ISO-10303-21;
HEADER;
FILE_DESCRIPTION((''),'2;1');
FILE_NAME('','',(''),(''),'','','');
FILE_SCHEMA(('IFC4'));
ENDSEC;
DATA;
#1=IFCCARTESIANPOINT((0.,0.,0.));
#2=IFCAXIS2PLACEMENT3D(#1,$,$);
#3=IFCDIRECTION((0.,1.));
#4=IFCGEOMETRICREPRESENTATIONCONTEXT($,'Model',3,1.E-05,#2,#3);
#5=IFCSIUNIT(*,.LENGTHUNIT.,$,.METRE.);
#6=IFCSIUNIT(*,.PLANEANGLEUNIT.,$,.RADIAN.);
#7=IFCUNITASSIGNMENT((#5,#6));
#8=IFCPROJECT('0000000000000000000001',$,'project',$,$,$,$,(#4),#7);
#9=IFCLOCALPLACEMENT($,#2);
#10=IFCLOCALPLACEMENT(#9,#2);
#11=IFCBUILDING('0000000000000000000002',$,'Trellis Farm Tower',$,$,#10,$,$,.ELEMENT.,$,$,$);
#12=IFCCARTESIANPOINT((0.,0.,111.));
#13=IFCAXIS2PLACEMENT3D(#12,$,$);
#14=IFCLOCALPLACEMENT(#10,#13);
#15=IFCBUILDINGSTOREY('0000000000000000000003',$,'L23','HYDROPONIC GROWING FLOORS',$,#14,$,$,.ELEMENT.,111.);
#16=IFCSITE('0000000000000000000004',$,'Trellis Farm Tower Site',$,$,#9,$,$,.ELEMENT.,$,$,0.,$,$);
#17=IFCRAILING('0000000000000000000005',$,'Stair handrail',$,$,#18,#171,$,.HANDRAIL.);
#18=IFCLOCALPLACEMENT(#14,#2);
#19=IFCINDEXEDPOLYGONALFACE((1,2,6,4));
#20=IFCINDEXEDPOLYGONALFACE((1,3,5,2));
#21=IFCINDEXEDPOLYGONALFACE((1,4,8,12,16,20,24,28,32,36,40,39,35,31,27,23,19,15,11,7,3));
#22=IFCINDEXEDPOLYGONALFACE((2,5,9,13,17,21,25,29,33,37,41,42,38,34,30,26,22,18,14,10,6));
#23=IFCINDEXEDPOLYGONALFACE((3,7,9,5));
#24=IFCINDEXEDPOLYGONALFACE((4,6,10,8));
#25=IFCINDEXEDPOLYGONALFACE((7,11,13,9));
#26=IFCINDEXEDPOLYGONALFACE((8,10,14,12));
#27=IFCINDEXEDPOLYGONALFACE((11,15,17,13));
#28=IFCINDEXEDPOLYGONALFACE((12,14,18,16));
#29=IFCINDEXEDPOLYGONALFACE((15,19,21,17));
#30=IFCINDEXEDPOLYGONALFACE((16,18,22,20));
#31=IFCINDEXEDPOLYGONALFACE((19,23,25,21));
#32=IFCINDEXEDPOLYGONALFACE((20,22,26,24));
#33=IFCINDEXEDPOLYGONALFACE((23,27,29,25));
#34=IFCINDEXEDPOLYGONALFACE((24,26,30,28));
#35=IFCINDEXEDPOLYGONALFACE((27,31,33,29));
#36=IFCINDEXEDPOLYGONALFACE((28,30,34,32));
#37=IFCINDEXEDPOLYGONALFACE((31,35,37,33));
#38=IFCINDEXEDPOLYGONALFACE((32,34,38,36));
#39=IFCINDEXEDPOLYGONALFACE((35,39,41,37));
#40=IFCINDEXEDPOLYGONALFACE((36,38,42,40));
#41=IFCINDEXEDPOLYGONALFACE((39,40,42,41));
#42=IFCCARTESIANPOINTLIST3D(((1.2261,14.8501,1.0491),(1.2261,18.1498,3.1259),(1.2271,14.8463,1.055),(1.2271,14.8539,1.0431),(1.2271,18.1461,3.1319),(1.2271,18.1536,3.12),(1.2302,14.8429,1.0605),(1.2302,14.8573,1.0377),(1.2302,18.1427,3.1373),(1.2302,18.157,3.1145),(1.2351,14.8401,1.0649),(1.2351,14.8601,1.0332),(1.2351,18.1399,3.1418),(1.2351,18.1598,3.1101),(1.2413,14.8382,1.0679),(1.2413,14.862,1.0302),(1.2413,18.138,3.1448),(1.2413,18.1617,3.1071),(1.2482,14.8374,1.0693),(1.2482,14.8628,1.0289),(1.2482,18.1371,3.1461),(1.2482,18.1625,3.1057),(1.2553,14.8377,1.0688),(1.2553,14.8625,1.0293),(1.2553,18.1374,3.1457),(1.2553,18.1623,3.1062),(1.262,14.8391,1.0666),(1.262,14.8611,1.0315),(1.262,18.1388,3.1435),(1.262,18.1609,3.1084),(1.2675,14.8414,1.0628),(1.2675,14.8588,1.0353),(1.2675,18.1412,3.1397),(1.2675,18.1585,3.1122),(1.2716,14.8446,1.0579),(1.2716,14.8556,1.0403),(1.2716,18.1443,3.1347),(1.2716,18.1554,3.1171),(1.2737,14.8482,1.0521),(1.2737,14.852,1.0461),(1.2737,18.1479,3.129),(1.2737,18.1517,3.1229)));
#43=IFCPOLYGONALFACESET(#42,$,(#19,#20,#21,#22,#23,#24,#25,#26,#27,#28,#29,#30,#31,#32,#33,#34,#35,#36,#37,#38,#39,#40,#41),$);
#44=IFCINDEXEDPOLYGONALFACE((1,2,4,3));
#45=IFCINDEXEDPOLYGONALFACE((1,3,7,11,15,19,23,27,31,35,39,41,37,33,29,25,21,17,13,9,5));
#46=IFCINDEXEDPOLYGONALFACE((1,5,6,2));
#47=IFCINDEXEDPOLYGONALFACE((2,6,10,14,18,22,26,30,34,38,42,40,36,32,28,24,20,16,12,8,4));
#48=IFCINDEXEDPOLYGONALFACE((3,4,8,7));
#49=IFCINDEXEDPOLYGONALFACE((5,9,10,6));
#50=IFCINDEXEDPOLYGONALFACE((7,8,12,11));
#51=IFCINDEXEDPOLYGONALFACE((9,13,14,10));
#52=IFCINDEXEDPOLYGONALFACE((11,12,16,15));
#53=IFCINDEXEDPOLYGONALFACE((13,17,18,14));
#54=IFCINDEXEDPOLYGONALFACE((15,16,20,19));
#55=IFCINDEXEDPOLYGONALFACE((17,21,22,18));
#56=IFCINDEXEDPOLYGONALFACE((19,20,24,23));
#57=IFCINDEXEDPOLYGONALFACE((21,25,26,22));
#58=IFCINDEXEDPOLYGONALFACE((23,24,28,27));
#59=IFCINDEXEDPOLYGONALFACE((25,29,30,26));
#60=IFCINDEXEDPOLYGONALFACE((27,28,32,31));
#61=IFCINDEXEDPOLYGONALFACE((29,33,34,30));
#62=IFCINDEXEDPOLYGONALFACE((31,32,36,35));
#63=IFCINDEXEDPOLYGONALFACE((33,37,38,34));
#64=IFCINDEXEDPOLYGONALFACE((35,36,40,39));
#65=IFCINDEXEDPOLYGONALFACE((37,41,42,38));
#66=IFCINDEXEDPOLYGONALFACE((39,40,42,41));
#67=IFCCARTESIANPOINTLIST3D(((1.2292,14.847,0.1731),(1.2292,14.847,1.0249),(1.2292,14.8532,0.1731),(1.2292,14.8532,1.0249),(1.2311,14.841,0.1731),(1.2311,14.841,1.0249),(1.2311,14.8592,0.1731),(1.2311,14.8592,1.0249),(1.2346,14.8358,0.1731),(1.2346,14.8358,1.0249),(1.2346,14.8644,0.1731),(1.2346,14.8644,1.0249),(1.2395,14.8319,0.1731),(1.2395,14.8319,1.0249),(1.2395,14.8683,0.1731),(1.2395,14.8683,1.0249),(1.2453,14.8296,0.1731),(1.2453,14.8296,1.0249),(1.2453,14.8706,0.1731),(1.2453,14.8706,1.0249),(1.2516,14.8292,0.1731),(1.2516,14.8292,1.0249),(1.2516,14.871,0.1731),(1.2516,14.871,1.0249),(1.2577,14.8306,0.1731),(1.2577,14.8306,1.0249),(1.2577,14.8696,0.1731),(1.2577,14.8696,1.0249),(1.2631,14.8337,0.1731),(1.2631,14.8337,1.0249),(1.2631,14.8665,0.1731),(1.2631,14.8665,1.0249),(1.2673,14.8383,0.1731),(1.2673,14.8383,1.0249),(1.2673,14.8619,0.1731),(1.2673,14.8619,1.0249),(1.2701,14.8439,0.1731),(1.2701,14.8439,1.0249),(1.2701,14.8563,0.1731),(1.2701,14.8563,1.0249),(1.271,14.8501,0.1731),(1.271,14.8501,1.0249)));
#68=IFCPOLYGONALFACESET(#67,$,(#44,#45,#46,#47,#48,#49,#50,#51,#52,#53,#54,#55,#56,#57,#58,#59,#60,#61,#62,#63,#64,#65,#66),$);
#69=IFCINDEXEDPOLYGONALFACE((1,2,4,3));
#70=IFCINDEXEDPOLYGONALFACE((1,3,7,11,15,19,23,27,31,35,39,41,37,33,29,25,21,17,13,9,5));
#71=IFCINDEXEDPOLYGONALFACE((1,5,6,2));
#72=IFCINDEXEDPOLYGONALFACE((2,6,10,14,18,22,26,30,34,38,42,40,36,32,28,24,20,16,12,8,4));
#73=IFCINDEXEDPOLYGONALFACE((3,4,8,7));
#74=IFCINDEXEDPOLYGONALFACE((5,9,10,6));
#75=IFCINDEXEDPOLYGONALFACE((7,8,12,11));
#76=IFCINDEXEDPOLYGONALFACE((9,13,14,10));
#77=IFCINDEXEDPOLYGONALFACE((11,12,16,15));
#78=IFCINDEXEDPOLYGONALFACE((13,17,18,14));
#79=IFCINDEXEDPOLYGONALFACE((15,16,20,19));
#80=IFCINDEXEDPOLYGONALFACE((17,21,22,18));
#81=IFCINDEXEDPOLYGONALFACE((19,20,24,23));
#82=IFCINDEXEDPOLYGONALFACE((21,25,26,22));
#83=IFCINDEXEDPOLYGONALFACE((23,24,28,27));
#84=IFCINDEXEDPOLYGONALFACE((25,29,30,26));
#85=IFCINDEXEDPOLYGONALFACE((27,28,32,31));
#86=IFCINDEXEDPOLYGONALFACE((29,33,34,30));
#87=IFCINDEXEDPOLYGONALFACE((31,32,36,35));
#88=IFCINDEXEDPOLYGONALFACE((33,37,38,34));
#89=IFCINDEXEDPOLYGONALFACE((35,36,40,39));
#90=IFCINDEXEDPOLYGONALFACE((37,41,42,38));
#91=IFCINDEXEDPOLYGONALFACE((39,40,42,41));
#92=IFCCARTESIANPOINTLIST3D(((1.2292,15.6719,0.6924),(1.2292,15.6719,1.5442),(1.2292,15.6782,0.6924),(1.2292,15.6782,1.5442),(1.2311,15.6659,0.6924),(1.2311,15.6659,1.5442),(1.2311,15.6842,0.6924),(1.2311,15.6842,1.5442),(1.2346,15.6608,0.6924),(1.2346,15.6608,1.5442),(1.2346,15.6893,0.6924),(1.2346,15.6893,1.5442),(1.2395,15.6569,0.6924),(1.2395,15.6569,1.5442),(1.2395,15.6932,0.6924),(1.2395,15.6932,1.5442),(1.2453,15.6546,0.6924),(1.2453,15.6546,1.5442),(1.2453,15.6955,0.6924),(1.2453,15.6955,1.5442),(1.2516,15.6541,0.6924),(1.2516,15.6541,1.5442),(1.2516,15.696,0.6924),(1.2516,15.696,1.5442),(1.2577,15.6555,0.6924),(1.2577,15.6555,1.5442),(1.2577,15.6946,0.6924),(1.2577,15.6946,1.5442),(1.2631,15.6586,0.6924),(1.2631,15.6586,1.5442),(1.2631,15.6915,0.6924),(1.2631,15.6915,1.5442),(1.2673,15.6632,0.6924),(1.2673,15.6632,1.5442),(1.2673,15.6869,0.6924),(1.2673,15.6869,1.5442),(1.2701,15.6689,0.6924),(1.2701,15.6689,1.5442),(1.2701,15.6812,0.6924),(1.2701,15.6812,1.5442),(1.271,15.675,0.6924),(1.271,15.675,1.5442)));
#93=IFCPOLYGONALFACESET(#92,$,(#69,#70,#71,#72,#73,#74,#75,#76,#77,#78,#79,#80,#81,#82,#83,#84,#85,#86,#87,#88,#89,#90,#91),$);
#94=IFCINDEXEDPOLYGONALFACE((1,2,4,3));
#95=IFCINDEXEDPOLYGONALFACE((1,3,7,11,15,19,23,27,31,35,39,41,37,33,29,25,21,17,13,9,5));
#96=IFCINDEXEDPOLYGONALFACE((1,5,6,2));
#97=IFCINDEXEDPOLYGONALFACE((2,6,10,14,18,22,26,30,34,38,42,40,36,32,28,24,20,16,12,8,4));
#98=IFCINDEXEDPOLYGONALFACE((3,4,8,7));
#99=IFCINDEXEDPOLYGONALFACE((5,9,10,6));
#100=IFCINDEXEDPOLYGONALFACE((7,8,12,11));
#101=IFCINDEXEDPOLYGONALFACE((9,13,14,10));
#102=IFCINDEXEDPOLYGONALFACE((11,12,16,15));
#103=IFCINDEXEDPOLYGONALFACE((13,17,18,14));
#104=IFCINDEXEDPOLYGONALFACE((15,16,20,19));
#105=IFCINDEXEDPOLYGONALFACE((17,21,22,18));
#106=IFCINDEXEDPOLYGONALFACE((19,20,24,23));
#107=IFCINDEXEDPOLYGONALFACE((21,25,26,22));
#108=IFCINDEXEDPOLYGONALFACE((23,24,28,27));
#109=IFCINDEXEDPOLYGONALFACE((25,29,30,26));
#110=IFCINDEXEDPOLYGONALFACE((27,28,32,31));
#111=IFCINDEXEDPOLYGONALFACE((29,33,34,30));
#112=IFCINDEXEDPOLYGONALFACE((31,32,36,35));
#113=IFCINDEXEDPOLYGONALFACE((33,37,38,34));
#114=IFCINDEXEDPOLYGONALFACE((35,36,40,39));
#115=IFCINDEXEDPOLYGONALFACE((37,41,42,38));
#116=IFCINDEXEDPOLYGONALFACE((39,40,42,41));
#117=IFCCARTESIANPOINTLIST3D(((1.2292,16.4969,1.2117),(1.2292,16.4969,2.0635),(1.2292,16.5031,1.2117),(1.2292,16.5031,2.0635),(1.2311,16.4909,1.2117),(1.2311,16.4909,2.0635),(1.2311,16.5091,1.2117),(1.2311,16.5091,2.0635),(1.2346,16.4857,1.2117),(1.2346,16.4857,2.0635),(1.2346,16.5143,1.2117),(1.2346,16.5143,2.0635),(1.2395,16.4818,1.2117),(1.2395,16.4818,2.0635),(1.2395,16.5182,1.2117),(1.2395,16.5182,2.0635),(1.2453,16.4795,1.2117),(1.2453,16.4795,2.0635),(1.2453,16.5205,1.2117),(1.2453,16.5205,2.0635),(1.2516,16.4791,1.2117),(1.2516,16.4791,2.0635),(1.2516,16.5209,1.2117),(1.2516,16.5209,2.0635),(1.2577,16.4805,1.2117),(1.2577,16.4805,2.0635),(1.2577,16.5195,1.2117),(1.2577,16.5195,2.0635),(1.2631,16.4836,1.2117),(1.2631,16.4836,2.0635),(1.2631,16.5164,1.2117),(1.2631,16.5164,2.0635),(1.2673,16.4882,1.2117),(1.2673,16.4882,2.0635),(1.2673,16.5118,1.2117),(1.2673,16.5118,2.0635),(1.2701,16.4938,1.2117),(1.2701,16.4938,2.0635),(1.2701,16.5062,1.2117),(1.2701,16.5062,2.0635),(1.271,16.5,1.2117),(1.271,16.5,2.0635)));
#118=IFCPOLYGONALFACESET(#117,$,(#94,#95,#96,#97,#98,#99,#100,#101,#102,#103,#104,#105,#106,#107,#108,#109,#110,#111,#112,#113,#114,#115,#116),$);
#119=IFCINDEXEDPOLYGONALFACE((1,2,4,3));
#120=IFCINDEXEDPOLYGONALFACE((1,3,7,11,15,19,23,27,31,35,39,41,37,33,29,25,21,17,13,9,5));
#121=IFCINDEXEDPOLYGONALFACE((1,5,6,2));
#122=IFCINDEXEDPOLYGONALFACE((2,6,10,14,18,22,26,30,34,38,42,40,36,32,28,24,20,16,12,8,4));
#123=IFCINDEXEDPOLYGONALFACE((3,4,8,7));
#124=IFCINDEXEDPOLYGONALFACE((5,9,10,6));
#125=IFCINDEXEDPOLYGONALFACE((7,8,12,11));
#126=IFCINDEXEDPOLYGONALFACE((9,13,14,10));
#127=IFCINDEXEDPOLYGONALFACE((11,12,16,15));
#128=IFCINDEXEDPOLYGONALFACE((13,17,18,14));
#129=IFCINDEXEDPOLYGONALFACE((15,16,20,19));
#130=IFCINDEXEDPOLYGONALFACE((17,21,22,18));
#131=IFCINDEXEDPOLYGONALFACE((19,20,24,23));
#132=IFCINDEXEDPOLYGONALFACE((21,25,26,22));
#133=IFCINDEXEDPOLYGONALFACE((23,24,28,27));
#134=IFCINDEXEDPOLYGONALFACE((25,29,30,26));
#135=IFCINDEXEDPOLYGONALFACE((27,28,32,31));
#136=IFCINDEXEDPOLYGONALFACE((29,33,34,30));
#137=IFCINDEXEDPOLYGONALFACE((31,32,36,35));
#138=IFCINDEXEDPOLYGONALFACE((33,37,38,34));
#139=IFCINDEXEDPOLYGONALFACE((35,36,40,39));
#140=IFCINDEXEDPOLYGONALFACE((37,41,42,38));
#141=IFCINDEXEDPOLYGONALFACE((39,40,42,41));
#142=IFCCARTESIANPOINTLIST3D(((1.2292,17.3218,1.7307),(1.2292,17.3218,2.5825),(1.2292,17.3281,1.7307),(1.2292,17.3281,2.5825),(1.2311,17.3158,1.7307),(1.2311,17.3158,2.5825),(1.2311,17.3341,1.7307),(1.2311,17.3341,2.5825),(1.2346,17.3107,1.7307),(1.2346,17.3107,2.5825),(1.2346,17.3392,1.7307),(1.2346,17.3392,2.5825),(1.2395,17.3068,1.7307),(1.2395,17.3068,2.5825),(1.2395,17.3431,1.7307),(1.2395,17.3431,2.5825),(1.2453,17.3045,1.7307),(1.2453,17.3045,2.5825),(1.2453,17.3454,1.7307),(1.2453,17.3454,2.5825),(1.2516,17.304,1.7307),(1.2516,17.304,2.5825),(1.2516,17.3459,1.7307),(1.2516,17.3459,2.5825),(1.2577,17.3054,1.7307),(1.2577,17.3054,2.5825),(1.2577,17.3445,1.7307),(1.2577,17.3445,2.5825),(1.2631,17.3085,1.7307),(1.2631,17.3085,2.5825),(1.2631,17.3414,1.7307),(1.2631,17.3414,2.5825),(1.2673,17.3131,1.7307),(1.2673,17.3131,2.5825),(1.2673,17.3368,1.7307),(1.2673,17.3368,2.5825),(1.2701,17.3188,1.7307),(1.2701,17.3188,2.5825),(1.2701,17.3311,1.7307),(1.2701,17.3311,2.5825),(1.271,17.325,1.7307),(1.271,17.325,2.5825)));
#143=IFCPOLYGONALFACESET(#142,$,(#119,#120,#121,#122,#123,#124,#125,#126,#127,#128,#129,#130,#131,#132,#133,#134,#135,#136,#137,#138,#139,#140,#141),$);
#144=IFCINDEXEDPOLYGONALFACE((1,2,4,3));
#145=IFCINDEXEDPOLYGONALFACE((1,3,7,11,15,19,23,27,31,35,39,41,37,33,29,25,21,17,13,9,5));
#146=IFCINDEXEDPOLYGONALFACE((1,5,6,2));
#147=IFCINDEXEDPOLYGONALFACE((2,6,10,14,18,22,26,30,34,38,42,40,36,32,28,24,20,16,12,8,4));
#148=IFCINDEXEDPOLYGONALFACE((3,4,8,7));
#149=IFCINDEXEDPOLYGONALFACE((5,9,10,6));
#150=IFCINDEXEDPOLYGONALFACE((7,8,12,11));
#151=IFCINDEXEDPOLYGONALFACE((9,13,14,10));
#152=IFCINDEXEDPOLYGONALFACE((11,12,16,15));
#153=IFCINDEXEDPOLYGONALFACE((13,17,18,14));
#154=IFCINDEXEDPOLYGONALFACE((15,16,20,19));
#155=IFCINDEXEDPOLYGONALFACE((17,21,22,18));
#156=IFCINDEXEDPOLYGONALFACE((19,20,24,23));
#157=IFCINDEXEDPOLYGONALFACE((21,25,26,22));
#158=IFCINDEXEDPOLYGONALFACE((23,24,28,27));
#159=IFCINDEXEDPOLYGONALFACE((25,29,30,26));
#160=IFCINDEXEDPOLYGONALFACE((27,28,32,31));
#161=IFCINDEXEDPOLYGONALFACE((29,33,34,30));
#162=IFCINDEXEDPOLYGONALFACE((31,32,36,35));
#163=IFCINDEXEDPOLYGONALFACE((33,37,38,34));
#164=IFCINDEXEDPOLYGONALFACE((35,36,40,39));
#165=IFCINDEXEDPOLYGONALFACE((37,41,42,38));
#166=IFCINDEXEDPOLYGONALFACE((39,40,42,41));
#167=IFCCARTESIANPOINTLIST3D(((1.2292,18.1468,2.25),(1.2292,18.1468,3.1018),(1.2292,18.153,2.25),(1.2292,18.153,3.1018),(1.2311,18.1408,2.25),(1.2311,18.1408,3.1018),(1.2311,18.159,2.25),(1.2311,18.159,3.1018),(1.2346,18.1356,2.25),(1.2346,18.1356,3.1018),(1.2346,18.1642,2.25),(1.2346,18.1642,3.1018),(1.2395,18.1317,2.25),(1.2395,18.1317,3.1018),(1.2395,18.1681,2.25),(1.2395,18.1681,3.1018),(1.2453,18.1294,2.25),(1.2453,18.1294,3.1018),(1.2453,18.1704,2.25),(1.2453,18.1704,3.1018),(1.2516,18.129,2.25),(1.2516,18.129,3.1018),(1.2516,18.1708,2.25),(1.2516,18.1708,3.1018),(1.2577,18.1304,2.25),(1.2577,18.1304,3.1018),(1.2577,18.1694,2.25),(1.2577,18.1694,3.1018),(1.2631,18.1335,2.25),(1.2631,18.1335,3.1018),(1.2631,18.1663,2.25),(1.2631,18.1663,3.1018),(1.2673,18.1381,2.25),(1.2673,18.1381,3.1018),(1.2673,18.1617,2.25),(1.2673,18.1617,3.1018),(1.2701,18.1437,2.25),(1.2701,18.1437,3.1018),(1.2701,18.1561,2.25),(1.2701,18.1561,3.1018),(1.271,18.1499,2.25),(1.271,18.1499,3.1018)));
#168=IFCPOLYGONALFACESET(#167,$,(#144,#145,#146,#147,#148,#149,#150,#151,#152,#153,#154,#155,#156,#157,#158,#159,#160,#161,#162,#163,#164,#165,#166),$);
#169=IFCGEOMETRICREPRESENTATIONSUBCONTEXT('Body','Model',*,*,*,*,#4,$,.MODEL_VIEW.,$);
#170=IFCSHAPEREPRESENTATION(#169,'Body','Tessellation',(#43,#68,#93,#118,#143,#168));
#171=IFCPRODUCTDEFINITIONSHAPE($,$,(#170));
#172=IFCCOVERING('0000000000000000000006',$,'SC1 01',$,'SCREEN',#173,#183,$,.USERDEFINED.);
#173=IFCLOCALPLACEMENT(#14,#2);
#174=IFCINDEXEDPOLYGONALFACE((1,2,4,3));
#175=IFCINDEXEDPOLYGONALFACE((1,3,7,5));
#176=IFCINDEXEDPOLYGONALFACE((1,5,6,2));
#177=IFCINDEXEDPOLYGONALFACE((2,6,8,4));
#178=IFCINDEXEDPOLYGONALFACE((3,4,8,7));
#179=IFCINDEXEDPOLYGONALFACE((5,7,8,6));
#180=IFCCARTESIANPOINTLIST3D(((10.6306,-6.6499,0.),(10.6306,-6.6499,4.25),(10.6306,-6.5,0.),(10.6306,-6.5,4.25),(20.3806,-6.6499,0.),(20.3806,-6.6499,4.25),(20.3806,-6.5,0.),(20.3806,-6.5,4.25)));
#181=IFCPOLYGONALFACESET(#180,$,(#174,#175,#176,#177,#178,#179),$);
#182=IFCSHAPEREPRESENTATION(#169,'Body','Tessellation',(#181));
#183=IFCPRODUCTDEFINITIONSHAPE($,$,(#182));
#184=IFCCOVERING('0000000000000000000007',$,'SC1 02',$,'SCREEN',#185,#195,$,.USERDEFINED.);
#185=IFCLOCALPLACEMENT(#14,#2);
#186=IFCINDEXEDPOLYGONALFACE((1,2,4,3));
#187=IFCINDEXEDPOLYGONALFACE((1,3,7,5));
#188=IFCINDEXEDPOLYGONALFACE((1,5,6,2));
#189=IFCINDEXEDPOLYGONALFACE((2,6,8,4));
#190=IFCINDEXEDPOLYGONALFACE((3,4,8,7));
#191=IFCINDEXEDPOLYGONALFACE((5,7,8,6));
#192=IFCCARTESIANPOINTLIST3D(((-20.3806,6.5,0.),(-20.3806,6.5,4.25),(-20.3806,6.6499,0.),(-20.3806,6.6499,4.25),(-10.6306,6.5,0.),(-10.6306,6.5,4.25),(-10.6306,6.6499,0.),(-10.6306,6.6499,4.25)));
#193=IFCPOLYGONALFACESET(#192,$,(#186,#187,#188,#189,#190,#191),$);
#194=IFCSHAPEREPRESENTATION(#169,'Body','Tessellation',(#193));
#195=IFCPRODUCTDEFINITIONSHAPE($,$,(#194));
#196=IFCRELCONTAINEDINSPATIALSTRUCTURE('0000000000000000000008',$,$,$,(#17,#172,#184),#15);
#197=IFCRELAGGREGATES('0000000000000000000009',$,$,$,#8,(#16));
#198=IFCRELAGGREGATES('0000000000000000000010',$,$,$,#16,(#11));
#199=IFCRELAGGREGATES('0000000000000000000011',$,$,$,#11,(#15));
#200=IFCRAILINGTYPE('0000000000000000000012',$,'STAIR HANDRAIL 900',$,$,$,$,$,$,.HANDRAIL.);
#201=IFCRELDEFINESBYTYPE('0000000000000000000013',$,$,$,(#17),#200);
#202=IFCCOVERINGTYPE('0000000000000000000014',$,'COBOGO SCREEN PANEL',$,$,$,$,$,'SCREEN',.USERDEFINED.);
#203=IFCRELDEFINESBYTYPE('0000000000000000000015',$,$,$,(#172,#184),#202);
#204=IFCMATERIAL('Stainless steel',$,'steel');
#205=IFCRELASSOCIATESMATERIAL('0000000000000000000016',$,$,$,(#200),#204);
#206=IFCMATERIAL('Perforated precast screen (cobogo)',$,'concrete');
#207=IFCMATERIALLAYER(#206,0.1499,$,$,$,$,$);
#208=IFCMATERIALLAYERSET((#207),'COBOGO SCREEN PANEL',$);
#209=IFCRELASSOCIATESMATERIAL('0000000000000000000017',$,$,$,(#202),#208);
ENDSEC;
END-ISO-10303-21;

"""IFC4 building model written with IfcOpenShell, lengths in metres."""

from ifc_helpers import new_model, si_unit, direction, frame, origin, origin_2d, place, context, subcontext, project, spatial, polyline, circle, outline, extrude, source, transform, mapped, material, layer, layer_set, type_object, element, save


model = new_model("IFC4")

# Units and contexts
model_context = context("Model", 3, precision=1e-05, world=origin(), true_north=direction((0.0, 1.0)))
body_context = subcontext(model_context, "Body", "Model", "MODEL_VIEW")
ifc_project = project(units=[si_unit("LENGTHUNIT", "METRE"), si_unit("PLANEANGLEUNIT", "RADIAN")], contexts=[model_context])

# Site, building, storey
site_placement = place(None, origin())
site = spatial("IfcSite", under=ifc_project, at=site_placement, Name="Trellis Farm Tower Site", CompositionType="ELEMENT", RefElevation=0.0)
building_placement = place(site_placement, origin())
building = spatial("IfcBuilding", under=site, at=building_placement, Name="Trellis Farm Tower", CompositionType="ELEMENT")
storey_placement = place(building_placement, frame((0.0, 0.0, 111.0)))
storey = spatial("IfcBuildingStorey", under=building, at=storey_placement, Name="L23", Description="HYDROPONIC GROWING FLOORS", CompositionType="ELEMENT", Elevation=111.0)

# Shared definitions
placement = place(storey_placement, origin())

# Railing
ifc_material_1 = material(Name="Stainless steel", Category="steel")
railing_type = type_object("IfcRailingType", Name="STAIR HANDRAIL 900", PredefinedType="HANDRAIL", material=ifc_material_1)
shared_shape_1 = source(origin(), body_context, "Body", "SweptSolid", [
    extrude(circle(Radius=0.0239, at=origin_2d()), frame((0.0, 0.0, 0.876), z_axis=(0.0, 0.84632, 0.532675), x_axis=(-1.0, 0.0, 0.0)), (0.0, 0.0, 1.0), 3.8989),
    extrude(circle(Radius=0.021, at=origin_2d()), origin(), (0.0, 0.0, 1.0), 0.8518),
    extrude(circle(Radius=0.021, at=origin_2d()), frame((0.0, 0.825, 0.5193)), (0.0, 0.0, 1.0), 0.8518),
    extrude(circle(Radius=0.021, at=origin_2d()), frame((0.0, 1.6499, 1.0386)), (0.0, 0.0, 1.0), 0.8518),
    extrude(circle(Radius=0.021, at=origin_2d()), frame((0.0, 2.4749, 1.5576)), (0.0, 0.0, 1.0), 0.8518),
    extrude(circle(Radius=0.021, at=origin_2d()), frame((0.0, 3.2998, 2.0769)), (0.0, 0.0, 1.0), 0.8518),
])
railing_placement = place(storey_placement, frame((1.25, 14.8501, 0.1731)))
element("IfcRailing", 1, at=railing_placement, inside=storey, type_object=railing_type, Name="Stair handrail", PredefinedType="HANDRAIL", context=body_context, shape_type="MappedRepresentation", body=[
    mapped(shared_shape_1, transform((0.0, 0.0, 0.0))),
])

# Coverings
ifc_material_2 = material(Name="Perforated precast screen (cobogo)", Category="concrete")
ifc_layer_1 = layer(ifc_material_2, 0.1499)
ifc_layer_set_1 = layer_set([ifc_layer_1], Name="COBOGO SCREEN PANEL")
covering_type = type_object("IfcCoveringType", Name="COBOGO SCREEN PANEL", ElementType="SCREEN", PredefinedType="USERDEFINED", material=ifc_layer_set_1)
shared_shape_2 = source(origin(), body_context, "Body", "SweptSolid", [
    extrude(outline(polyline([(10.6306, -6.6499), (20.3806, -6.6499), (20.3806, -6.5), (10.6306, -6.5), (10.6306, -6.6499)])), origin(), (0.0, 0.0, 1.0), 4.25),
])
element("IfcCovering", 2, at=placement, inside=storey, type_object=covering_type, Name="SC1 01", ObjectType="SCREEN", PredefinedType="USERDEFINED", context=body_context, shape_type="MappedRepresentation", body=[
    mapped(shared_shape_2, transform((0.0, 0.0, 0.0))),
])
shared_shape_3 = source(origin(), body_context, "Body", "SweptSolid", [
    extrude(outline(polyline([(-10.6306, 6.6499), (-20.3806, 6.6499), (-20.3806, 6.5), (-10.6306, 6.5), (-10.6306, 6.6499)])), origin(), (0.0, 0.0, 1.0), 4.25),
])
element("IfcCovering", 3, at=placement, inside=storey, type_object=covering_type, Name="SC1 02", ObjectType="SCREEN", PredefinedType="USERDEFINED", context=body_context, shape_type="MappedRepresentation", body=[
    mapped(shared_shape_3, transform((0.0, 0.0, 0.0))),
])

save(model, "model.ifc")
